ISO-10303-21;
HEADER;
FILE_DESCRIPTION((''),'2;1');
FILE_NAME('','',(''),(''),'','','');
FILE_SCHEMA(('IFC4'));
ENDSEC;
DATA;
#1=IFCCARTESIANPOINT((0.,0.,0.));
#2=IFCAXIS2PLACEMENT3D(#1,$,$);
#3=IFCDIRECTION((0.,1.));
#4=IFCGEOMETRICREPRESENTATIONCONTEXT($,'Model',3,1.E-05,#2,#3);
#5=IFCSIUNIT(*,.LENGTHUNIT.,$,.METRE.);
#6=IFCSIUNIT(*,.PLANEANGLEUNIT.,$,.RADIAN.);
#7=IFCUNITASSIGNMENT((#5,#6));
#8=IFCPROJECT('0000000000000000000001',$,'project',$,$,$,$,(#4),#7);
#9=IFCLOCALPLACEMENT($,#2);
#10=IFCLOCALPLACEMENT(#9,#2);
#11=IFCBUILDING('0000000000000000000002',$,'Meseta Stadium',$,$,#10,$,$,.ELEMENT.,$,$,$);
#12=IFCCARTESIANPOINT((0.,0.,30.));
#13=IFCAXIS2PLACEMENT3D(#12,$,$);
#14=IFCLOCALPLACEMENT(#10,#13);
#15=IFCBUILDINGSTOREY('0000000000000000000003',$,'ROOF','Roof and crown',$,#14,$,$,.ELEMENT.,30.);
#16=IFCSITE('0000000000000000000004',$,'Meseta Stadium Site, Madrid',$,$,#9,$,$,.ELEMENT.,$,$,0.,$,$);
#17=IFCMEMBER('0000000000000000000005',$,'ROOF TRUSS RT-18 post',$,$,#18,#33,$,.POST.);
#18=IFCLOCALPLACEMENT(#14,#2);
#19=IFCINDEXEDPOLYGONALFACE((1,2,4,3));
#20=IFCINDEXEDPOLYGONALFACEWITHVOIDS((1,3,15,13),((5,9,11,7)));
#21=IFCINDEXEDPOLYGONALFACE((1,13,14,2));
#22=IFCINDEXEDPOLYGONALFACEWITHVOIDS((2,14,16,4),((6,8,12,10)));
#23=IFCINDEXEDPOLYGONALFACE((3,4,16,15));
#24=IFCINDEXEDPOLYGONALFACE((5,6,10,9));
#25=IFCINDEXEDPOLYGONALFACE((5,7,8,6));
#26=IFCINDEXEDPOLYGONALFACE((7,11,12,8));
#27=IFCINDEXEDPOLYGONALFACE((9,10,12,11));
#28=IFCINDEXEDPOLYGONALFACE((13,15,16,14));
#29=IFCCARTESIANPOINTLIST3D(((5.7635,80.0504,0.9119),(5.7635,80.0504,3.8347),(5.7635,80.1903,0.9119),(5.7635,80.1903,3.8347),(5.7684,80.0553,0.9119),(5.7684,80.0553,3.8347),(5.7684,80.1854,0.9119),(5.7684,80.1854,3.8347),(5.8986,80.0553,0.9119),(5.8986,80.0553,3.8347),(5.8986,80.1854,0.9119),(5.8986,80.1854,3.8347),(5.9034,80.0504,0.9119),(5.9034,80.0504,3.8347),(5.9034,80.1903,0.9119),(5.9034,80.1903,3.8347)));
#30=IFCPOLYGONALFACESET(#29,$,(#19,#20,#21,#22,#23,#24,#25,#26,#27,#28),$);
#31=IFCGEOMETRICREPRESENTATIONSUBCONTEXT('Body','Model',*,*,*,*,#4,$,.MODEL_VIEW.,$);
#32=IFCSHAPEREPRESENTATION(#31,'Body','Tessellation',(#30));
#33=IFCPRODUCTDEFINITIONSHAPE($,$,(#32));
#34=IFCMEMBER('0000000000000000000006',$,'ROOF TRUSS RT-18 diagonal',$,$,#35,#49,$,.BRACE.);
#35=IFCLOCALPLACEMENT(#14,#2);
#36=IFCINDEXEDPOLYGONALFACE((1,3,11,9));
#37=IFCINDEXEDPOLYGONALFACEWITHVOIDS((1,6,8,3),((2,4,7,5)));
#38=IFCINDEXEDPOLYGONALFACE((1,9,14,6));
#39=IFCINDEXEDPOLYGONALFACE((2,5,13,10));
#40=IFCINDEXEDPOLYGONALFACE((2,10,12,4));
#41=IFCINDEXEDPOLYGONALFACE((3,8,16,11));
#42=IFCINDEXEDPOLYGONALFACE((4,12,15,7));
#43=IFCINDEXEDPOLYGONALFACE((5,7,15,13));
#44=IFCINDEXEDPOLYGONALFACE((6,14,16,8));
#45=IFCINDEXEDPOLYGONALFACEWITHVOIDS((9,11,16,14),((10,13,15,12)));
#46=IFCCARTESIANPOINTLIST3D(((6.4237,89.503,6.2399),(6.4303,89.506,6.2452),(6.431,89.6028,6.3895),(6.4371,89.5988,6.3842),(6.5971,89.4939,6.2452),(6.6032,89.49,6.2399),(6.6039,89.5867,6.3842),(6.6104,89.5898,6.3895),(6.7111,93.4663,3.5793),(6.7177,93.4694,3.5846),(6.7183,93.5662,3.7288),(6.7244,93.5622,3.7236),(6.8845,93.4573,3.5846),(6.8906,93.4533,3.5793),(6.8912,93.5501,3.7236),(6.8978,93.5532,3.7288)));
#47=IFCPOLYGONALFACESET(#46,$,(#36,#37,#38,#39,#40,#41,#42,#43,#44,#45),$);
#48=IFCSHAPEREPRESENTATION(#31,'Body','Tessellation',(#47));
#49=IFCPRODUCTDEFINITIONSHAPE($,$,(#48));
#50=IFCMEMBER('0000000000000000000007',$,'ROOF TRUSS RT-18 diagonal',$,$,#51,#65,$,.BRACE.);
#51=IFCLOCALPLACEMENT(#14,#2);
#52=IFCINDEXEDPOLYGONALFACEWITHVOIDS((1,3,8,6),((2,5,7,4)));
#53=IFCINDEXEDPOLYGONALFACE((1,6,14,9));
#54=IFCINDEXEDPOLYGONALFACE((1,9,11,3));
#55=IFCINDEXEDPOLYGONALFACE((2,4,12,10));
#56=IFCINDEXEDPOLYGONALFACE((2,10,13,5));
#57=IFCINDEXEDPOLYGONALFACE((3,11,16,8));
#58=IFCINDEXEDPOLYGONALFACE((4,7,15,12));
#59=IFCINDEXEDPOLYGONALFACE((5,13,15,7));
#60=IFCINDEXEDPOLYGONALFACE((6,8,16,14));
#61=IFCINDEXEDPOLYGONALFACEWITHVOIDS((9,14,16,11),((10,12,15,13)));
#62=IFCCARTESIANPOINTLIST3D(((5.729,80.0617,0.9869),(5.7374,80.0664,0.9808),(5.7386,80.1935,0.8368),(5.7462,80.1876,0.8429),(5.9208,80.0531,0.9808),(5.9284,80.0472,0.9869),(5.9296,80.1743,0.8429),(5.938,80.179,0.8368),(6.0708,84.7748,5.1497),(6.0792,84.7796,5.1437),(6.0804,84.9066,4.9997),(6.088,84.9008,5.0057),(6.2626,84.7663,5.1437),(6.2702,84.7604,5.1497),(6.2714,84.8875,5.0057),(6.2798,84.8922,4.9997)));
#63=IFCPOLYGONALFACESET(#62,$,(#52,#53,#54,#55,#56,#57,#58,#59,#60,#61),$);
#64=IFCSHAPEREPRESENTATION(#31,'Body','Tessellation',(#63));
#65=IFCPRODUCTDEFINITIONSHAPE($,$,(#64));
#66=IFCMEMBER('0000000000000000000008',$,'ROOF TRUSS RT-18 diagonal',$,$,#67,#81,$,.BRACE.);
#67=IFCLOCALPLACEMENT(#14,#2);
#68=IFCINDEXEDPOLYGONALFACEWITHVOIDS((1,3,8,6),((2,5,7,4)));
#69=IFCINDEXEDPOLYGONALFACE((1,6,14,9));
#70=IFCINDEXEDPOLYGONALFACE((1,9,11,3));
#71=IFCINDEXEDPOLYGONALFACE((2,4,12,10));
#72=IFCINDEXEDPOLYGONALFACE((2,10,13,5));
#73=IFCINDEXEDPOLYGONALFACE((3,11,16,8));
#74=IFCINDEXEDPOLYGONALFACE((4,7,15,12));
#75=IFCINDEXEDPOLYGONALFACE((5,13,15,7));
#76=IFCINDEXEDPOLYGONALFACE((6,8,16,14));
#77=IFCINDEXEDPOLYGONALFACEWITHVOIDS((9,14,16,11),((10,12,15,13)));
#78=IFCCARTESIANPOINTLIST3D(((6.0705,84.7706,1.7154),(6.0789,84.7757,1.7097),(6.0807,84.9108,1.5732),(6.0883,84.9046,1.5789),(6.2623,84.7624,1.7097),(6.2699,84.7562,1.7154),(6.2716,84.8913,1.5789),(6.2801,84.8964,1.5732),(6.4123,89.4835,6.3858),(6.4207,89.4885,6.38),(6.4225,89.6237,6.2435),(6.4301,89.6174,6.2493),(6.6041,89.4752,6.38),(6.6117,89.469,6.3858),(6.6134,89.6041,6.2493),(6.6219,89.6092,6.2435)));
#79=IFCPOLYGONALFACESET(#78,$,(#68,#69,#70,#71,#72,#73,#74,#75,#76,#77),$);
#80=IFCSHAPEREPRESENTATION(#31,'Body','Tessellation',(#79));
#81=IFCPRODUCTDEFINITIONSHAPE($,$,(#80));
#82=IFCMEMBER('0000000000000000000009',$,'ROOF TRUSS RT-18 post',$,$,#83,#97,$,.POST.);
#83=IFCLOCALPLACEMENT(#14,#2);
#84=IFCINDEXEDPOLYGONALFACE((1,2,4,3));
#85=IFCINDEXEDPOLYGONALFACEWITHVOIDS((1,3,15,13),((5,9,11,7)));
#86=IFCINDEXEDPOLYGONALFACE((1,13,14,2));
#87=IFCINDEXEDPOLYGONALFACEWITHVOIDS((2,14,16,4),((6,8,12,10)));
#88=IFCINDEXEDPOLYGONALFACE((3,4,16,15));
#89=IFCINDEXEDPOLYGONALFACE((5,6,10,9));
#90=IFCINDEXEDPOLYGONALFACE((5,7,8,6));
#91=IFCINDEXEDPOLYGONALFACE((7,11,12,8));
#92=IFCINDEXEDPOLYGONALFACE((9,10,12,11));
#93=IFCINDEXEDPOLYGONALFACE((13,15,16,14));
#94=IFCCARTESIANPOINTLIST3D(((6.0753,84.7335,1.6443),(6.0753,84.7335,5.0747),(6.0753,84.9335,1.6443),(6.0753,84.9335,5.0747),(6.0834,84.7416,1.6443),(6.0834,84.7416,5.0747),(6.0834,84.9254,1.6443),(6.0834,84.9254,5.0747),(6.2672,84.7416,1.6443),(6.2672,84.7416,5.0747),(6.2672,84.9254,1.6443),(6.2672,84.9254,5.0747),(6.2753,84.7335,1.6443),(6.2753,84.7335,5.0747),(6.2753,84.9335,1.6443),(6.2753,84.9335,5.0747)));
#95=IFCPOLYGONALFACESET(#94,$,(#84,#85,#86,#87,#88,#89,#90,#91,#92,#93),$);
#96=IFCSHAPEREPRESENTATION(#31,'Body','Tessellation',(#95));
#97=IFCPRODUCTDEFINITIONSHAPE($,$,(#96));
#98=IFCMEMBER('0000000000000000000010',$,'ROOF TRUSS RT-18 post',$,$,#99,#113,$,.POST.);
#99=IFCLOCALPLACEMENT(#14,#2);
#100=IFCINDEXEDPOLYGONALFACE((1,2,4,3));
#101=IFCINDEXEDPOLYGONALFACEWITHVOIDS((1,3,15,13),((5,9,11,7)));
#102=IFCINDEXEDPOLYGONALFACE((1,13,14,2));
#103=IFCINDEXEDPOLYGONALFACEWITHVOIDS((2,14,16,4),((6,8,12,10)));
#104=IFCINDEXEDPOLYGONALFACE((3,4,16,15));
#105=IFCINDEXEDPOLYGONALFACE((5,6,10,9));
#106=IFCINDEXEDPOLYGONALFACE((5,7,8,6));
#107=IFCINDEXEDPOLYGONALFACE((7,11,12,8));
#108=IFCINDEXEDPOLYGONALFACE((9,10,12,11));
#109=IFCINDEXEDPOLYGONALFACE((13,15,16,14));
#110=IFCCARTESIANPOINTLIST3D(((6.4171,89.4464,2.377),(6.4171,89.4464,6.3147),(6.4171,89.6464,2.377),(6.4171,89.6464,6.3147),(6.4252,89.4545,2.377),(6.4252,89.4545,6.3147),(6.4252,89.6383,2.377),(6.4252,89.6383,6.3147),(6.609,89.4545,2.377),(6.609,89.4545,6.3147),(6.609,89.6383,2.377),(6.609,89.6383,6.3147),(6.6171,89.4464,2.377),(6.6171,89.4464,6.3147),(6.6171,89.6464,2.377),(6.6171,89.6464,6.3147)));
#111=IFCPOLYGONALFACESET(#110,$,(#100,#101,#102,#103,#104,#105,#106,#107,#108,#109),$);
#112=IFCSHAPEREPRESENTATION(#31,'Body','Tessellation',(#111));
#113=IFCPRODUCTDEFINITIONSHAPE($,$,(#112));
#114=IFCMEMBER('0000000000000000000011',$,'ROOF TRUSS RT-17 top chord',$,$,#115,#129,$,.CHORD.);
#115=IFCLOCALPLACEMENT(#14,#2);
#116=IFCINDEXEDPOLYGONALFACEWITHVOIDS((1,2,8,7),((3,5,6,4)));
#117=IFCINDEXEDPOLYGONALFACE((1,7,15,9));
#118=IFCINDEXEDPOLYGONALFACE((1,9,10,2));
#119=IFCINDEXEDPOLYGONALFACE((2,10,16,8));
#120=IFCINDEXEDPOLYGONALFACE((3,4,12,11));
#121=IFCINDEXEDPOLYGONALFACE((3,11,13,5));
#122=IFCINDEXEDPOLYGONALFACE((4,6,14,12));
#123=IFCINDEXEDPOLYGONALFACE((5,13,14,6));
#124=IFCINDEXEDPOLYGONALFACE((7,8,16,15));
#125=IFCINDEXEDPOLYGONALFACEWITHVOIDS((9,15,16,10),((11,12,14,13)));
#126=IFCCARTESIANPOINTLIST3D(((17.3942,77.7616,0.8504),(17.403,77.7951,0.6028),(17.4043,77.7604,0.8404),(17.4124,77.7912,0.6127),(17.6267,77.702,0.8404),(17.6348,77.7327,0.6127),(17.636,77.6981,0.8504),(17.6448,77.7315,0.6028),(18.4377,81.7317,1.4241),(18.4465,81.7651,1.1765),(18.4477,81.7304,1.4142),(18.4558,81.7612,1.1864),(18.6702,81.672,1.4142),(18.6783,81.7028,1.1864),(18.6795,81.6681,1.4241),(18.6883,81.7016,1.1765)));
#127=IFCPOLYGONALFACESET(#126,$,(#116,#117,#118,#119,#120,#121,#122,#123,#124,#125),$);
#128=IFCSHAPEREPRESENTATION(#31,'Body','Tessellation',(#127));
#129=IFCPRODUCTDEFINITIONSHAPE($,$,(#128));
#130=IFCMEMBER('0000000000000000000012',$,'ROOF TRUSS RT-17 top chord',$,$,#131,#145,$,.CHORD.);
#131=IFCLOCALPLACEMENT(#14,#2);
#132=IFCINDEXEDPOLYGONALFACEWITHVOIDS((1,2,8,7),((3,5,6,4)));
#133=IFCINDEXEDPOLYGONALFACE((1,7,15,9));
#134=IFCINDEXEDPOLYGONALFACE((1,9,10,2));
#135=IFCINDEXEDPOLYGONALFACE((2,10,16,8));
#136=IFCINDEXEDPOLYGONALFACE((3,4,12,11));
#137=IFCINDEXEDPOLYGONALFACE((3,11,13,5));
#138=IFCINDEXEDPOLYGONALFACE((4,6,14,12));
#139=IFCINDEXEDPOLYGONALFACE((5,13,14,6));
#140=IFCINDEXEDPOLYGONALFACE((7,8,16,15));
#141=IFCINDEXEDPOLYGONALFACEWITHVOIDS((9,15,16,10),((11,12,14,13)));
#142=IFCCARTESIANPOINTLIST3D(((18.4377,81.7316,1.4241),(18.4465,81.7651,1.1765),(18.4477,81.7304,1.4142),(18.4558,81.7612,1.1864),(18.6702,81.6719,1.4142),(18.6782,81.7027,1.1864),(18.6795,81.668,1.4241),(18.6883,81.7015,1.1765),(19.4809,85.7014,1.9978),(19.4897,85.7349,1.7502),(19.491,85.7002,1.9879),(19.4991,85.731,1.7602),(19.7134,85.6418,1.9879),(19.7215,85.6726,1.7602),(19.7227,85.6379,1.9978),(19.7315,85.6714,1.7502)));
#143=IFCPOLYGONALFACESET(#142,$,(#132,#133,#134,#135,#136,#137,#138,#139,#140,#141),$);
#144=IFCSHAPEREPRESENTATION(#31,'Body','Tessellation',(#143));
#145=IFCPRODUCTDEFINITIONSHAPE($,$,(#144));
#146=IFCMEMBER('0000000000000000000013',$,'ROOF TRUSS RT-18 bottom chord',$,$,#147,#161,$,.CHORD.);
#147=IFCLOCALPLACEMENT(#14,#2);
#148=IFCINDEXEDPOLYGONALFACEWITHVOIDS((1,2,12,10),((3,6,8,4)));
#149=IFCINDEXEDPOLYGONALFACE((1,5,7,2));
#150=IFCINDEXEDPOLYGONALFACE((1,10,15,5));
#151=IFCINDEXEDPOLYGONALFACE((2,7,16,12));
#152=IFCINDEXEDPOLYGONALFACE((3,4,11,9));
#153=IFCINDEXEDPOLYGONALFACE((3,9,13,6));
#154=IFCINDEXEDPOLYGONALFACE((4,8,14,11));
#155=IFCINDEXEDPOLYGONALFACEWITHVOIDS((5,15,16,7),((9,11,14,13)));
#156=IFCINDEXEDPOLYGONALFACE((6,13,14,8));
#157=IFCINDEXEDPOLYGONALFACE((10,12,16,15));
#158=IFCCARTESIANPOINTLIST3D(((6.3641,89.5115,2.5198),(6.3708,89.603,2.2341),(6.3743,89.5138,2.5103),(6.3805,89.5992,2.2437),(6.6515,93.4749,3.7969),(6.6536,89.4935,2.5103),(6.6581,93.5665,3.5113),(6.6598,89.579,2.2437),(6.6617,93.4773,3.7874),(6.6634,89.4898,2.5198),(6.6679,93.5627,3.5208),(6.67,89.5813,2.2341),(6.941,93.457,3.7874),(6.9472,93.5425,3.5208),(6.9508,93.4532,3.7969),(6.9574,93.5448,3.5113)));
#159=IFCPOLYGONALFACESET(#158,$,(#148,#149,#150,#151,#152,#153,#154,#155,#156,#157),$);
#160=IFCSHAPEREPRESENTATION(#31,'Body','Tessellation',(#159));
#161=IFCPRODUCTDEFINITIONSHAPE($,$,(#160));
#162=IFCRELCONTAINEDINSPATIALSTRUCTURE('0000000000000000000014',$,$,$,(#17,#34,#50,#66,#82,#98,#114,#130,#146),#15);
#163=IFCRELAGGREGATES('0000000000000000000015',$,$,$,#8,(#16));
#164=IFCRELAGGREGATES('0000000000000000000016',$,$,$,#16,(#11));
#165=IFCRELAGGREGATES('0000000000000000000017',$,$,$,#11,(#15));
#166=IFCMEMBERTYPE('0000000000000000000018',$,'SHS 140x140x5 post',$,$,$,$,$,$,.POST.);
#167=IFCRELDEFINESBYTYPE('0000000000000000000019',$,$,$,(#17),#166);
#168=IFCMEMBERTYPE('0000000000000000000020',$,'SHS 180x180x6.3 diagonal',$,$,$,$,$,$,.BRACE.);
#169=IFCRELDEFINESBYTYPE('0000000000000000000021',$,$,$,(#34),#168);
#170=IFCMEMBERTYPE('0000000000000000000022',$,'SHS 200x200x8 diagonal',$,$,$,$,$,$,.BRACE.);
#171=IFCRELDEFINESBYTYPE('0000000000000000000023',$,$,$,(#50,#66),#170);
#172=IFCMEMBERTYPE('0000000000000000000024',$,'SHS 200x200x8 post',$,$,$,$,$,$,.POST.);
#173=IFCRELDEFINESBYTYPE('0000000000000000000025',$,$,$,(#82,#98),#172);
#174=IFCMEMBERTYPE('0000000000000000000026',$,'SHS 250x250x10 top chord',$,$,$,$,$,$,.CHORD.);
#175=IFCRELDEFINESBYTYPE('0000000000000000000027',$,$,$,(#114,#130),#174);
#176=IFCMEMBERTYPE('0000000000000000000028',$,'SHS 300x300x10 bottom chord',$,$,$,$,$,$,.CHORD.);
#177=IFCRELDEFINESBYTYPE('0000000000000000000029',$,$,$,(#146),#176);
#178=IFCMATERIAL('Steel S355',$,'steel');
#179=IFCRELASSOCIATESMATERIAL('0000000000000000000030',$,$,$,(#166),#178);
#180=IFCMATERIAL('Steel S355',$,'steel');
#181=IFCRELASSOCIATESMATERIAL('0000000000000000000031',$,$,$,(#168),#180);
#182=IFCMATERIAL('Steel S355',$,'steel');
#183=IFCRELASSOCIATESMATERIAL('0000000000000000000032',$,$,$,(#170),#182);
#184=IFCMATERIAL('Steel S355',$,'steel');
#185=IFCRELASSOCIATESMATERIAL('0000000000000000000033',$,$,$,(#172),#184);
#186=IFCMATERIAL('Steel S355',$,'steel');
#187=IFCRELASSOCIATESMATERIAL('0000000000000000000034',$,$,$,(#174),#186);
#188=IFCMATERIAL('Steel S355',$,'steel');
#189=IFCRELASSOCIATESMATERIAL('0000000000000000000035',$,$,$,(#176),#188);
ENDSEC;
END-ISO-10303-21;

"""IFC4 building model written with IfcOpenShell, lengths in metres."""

from ifc_helpers import new_model, si_unit, direction, frame, origin, origin_2d, place, context, subcontext, project, spatial, hollow_rectangle, extrude, material, material_profile, profile_set, type_object, element, save


model = new_model("IFC4")

# Units and contexts
model_context = context("Model", 3, precision=1e-05, world=origin(), true_north=direction((0.0, 1.0)))
body_context = subcontext(model_context, "Body", "Model", "MODEL_VIEW")
ifc_project = project(units=[si_unit("LENGTHUNIT", "METRE"), si_unit("PLANEANGLEUNIT", "RADIAN")], contexts=[model_context])

# Site, building, storey
site_placement = place(None, origin())
site = spatial("IfcSite", under=ifc_project, at=site_placement, Name="Meseta Stadium Site, Madrid", CompositionType="ELEMENT", RefElevation=0.0)
building_placement = place(site_placement, origin())
building = spatial("IfcBuilding", under=site, at=building_placement, Name="Meseta Stadium", CompositionType="ELEMENT")
storey_placement = place(building_placement, frame((0.0, 0.0, 30.0)))
storey = spatial("IfcBuildingStorey", under=building, at=storey_placement, Name="ROOF", Description="Roof and crown", CompositionType="ELEMENT", Elevation=30.0)

# Members
ifc_material_1 = material(Name="Steel S355", Category="steel")
ifc_material_profile_1 = material_profile(ifc_material_1, hollow_rectangle(XDim=0.1399, YDim=0.1399, WallThickness=0.0049, at=origin_2d()), Name="SHS 140x140x5")
ifc_profile_set_1 = profile_set([ifc_material_profile_1], Name="Steel S355")
member_type_1 = type_object("IfcMemberType", Name="SHS 140x140x5 post", PredefinedType="POST", material=ifc_profile_set_1)
member_1_placement = place(storey_placement, frame((5.8335, 80.1204, 0.9119), z_axis=(0.0, 0.0, 1.0), x_axis=(1.0, 0.0, 0.0)))
element("IfcMember", 1, at=member_1_placement, inside=storey, type_object=member_type_1, Name="ROOF TRUSS RT-18 post", PredefinedType="POST", context=body_context, shape_type="SweptSolid", body=[
    extrude(hollow_rectangle(XDim=0.1399, YDim=0.1399, WallThickness=0.0049, at=origin_2d()), origin(), (0.0, 0.0, 1.0), 2.9229),
])
ifc_material_2 = material(Name="Steel S355", Category="steel")
ifc_material_profile_2 = material_profile(ifc_material_2, hollow_rectangle(XDim=0.1799, YDim=0.1799, WallThickness=0.0063, at=origin_2d()), Name="SHS 180x180x6.3")
ifc_profile_set_2 = profile_set([ifc_material_profile_2], Name="Steel S355")
member_type_2 = type_object("IfcMemberType", Name="SHS 180x180x6.3 diagonal", PredefinedType="BRACE", material=ifc_profile_set_2)
member_2_placement = place(storey_placement, frame((6.5171, 89.5464, 6.3147), z_axis=(0.060087, 0.828768, -0.556358), x_axis=(-0.997382, 0.072312, 0.0)))
element("IfcMember", 2, at=member_2_placement, inside=storey, type_object=member_type_2, Name="ROOF TRUSS RT-18 diagonal", PredefinedType="BRACE", context=body_context, shape_type="SweptSolid", body=[
    extrude(hollow_rectangle(XDim=0.1799, YDim=0.1799, WallThickness=0.0063, at=origin_2d()), origin(), (0.0, 0.0, 1.0), 4.7822),
])
ifc_material_3 = material(Name="Steel S355", Category="steel")
ifc_material_profile_3 = material_profile(ifc_material_3, hollow_rectangle(XDim=0.2, YDim=0.2, WallThickness=0.0081, at=origin_2d()), Name="SHS 200x200x8")
ifc_profile_set_3 = profile_set([ifc_material_profile_3], Name="Steel S355")
member_type_3 = type_object("IfcMemberType", Name="SHS 200x200x8 diagonal", PredefinedType="BRACE", material=ifc_profile_set_3)
member_3_placement = place(storey_placement, frame((5.8335, 80.1204, 0.9119), z_axis=(0.054274, 0.748402, 0.661021), x_axis=(-0.997381, 0.07233, 0.0)))
element("IfcMember", 3, at=member_3_placement, inside=storey, type_object=member_type_3, Name="ROOF TRUSS RT-18 diagonal", PredefinedType="BRACE", context=body_context, shape_type="SweptSolid", body=[
    extrude(hollow_rectangle(XDim=0.2, YDim=0.2, WallThickness=0.0081, at=origin_2d()), origin(), (0.0, 0.0, 1.0), 6.2976),
])
member_4_placement = place(storey_placement, frame((6.1753, 84.8335, 1.6443), z_axis=(0.051446, 0.70936, 0.702966), x_axis=(-0.99738, 0.072334, 0.0)))
element("IfcMember", 4, at=member_4_placement, inside=storey, type_object=member_type_3, Name="ROOF TRUSS RT-18 diagonal", PredefinedType="BRACE", context=body_context, shape_type="SweptSolid", body=[
    extrude(hollow_rectangle(XDim=0.2, YDim=0.2, WallThickness=0.0081, at=origin_2d()), origin(), (0.0, 0.0, 1.0), 6.6438),
])
ifc_material_4 = material(Name="Steel S355", Category="steel")
ifc_material_profile_4 = material_profile(ifc_material_4, hollow_rectangle(XDim=0.2, YDim=0.2, WallThickness=0.0081, at=origin_2d()), Name="SHS 200x200x8")
ifc_profile_set_4 = profile_set([ifc_material_profile_4], Name="Steel S355")
member_type_4 = type_object("IfcMemberType", Name="SHS 200x200x8 post", PredefinedType="POST", material=ifc_profile_set_4)
member_5_placement = place(storey_placement, frame((6.1753, 84.8335, 1.6443), z_axis=(0.0, 0.0, 1.0), x_axis=(1.0, 0.0, 0.0)))
element("IfcMember", 5, at=member_5_placement, inside=storey, type_object=member_type_4, Name="ROOF TRUSS RT-18 post", PredefinedType="POST", context=body_context, shape_type="SweptSolid", body=[
    extrude(hollow_rectangle(XDim=0.2, YDim=0.2, WallThickness=0.0081, at=origin_2d()), origin(), (0.0, 0.0, 1.0), 3.4304),
])
member_6_placement = place(storey_placement, frame((6.5171, 89.5464, 2.377), z_axis=(0.0, 0.0, 1.0), x_axis=(1.0, 0.0, 0.0)))
element("IfcMember", 6, at=member_6_placement, inside=storey, type_object=member_type_4, Name="ROOF TRUSS RT-18 post", PredefinedType="POST", context=body_context, shape_type="SweptSolid", body=[
    extrude(hollow_rectangle(XDim=0.2, YDim=0.2, WallThickness=0.0081, at=origin_2d()), origin(), (0.0, 0.0, 1.0), 3.9377),
])
ifc_material_5 = material(Name="Steel S355", Category="steel")
ifc_material_profile_5 = material_profile(ifc_material_5, hollow_rectangle(XDim=0.25, YDim=0.25, WallThickness=0.01, at=origin_2d()), Name="SHS 250x250x10")
ifc_profile_set_5 = profile_set([ifc_material_profile_5], Name="Steel S355")
member_type_5 = type_object("IfcMemberType", Name="SHS 250x250x10 top chord", PredefinedType="CHORD", material=ifc_profile_set_5)
member_7_placement = place(storey_placement, frame((17.5195, 77.7466, 0.7266), z_axis=(0.251756, 0.95784, 0.138425), x_axis=(-0.967151, 0.254203, 0.0)))
element("IfcMember", 7, at=member_7_placement, inside=storey, type_object=member_type_5, Name="ROOF TRUSS RT-17 top chord", PredefinedType="CHORD", context=body_context, shape_type="SweptSolid", body=[
    extrude(hollow_rectangle(XDim=0.25, YDim=0.25, WallThickness=0.01, at=origin_2d()), origin(), (0.0, 0.0, 1.0), 4.1448),
])
member_8_placement = place(storey_placement, frame((18.563, 81.7166, 1.3003), z_axis=(0.251715, 0.957849, 0.138435), x_axis=(-0.967162, 0.254162, 0.0)))
element("IfcMember", 8, at=member_8_placement, inside=storey, type_object=member_type_5, Name="ROOF TRUSS RT-17 top chord", PredefinedType="CHORD", context=body_context, shape_type="SweptSolid", body=[
    extrude(hollow_rectangle(XDim=0.25, YDim=0.25, WallThickness=0.01, at=origin_2d()), origin(), (0.0, 0.0, 1.0), 4.1445),
])
ifc_material_6 = material(Name="Steel S355", Category="steel")
ifc_material_profile_6 = material_profile(ifc_material_6, hollow_rectangle(XDim=0.3, YDim=0.3, WallThickness=0.01, at=origin_2d()), Name="SHS 300x300x10")
ifc_profile_set_6 = profile_set([ifc_material_profile_6], Name="Steel S355")
member_type_6 = type_object("IfcMemberType", Name="SHS 300x300x10 bottom chord", PredefinedType="CHORD", material=ifc_profile_set_6)
member_9_placement = place(storey_placement, frame((6.5171, 89.5464, 2.377), z_axis=(0.068844, 0.949549, 0.305968), x_axis=(-0.997382, 0.072312, 0.0)))
element("IfcMember", 9, at=member_9_placement, inside=storey, type_object=member_type_6, Name="ROOF TRUSS RT-18 bottom chord", PredefinedType="CHORD", context=body_context, shape_type="SweptSolid", body=[
    extrude(hollow_rectangle(XDim=0.3, YDim=0.3, WallThickness=0.01, at=origin_2d()), origin(), (0.0, 0.0, 1.0), 4.1741),
])

save(model, "model.ifc")
